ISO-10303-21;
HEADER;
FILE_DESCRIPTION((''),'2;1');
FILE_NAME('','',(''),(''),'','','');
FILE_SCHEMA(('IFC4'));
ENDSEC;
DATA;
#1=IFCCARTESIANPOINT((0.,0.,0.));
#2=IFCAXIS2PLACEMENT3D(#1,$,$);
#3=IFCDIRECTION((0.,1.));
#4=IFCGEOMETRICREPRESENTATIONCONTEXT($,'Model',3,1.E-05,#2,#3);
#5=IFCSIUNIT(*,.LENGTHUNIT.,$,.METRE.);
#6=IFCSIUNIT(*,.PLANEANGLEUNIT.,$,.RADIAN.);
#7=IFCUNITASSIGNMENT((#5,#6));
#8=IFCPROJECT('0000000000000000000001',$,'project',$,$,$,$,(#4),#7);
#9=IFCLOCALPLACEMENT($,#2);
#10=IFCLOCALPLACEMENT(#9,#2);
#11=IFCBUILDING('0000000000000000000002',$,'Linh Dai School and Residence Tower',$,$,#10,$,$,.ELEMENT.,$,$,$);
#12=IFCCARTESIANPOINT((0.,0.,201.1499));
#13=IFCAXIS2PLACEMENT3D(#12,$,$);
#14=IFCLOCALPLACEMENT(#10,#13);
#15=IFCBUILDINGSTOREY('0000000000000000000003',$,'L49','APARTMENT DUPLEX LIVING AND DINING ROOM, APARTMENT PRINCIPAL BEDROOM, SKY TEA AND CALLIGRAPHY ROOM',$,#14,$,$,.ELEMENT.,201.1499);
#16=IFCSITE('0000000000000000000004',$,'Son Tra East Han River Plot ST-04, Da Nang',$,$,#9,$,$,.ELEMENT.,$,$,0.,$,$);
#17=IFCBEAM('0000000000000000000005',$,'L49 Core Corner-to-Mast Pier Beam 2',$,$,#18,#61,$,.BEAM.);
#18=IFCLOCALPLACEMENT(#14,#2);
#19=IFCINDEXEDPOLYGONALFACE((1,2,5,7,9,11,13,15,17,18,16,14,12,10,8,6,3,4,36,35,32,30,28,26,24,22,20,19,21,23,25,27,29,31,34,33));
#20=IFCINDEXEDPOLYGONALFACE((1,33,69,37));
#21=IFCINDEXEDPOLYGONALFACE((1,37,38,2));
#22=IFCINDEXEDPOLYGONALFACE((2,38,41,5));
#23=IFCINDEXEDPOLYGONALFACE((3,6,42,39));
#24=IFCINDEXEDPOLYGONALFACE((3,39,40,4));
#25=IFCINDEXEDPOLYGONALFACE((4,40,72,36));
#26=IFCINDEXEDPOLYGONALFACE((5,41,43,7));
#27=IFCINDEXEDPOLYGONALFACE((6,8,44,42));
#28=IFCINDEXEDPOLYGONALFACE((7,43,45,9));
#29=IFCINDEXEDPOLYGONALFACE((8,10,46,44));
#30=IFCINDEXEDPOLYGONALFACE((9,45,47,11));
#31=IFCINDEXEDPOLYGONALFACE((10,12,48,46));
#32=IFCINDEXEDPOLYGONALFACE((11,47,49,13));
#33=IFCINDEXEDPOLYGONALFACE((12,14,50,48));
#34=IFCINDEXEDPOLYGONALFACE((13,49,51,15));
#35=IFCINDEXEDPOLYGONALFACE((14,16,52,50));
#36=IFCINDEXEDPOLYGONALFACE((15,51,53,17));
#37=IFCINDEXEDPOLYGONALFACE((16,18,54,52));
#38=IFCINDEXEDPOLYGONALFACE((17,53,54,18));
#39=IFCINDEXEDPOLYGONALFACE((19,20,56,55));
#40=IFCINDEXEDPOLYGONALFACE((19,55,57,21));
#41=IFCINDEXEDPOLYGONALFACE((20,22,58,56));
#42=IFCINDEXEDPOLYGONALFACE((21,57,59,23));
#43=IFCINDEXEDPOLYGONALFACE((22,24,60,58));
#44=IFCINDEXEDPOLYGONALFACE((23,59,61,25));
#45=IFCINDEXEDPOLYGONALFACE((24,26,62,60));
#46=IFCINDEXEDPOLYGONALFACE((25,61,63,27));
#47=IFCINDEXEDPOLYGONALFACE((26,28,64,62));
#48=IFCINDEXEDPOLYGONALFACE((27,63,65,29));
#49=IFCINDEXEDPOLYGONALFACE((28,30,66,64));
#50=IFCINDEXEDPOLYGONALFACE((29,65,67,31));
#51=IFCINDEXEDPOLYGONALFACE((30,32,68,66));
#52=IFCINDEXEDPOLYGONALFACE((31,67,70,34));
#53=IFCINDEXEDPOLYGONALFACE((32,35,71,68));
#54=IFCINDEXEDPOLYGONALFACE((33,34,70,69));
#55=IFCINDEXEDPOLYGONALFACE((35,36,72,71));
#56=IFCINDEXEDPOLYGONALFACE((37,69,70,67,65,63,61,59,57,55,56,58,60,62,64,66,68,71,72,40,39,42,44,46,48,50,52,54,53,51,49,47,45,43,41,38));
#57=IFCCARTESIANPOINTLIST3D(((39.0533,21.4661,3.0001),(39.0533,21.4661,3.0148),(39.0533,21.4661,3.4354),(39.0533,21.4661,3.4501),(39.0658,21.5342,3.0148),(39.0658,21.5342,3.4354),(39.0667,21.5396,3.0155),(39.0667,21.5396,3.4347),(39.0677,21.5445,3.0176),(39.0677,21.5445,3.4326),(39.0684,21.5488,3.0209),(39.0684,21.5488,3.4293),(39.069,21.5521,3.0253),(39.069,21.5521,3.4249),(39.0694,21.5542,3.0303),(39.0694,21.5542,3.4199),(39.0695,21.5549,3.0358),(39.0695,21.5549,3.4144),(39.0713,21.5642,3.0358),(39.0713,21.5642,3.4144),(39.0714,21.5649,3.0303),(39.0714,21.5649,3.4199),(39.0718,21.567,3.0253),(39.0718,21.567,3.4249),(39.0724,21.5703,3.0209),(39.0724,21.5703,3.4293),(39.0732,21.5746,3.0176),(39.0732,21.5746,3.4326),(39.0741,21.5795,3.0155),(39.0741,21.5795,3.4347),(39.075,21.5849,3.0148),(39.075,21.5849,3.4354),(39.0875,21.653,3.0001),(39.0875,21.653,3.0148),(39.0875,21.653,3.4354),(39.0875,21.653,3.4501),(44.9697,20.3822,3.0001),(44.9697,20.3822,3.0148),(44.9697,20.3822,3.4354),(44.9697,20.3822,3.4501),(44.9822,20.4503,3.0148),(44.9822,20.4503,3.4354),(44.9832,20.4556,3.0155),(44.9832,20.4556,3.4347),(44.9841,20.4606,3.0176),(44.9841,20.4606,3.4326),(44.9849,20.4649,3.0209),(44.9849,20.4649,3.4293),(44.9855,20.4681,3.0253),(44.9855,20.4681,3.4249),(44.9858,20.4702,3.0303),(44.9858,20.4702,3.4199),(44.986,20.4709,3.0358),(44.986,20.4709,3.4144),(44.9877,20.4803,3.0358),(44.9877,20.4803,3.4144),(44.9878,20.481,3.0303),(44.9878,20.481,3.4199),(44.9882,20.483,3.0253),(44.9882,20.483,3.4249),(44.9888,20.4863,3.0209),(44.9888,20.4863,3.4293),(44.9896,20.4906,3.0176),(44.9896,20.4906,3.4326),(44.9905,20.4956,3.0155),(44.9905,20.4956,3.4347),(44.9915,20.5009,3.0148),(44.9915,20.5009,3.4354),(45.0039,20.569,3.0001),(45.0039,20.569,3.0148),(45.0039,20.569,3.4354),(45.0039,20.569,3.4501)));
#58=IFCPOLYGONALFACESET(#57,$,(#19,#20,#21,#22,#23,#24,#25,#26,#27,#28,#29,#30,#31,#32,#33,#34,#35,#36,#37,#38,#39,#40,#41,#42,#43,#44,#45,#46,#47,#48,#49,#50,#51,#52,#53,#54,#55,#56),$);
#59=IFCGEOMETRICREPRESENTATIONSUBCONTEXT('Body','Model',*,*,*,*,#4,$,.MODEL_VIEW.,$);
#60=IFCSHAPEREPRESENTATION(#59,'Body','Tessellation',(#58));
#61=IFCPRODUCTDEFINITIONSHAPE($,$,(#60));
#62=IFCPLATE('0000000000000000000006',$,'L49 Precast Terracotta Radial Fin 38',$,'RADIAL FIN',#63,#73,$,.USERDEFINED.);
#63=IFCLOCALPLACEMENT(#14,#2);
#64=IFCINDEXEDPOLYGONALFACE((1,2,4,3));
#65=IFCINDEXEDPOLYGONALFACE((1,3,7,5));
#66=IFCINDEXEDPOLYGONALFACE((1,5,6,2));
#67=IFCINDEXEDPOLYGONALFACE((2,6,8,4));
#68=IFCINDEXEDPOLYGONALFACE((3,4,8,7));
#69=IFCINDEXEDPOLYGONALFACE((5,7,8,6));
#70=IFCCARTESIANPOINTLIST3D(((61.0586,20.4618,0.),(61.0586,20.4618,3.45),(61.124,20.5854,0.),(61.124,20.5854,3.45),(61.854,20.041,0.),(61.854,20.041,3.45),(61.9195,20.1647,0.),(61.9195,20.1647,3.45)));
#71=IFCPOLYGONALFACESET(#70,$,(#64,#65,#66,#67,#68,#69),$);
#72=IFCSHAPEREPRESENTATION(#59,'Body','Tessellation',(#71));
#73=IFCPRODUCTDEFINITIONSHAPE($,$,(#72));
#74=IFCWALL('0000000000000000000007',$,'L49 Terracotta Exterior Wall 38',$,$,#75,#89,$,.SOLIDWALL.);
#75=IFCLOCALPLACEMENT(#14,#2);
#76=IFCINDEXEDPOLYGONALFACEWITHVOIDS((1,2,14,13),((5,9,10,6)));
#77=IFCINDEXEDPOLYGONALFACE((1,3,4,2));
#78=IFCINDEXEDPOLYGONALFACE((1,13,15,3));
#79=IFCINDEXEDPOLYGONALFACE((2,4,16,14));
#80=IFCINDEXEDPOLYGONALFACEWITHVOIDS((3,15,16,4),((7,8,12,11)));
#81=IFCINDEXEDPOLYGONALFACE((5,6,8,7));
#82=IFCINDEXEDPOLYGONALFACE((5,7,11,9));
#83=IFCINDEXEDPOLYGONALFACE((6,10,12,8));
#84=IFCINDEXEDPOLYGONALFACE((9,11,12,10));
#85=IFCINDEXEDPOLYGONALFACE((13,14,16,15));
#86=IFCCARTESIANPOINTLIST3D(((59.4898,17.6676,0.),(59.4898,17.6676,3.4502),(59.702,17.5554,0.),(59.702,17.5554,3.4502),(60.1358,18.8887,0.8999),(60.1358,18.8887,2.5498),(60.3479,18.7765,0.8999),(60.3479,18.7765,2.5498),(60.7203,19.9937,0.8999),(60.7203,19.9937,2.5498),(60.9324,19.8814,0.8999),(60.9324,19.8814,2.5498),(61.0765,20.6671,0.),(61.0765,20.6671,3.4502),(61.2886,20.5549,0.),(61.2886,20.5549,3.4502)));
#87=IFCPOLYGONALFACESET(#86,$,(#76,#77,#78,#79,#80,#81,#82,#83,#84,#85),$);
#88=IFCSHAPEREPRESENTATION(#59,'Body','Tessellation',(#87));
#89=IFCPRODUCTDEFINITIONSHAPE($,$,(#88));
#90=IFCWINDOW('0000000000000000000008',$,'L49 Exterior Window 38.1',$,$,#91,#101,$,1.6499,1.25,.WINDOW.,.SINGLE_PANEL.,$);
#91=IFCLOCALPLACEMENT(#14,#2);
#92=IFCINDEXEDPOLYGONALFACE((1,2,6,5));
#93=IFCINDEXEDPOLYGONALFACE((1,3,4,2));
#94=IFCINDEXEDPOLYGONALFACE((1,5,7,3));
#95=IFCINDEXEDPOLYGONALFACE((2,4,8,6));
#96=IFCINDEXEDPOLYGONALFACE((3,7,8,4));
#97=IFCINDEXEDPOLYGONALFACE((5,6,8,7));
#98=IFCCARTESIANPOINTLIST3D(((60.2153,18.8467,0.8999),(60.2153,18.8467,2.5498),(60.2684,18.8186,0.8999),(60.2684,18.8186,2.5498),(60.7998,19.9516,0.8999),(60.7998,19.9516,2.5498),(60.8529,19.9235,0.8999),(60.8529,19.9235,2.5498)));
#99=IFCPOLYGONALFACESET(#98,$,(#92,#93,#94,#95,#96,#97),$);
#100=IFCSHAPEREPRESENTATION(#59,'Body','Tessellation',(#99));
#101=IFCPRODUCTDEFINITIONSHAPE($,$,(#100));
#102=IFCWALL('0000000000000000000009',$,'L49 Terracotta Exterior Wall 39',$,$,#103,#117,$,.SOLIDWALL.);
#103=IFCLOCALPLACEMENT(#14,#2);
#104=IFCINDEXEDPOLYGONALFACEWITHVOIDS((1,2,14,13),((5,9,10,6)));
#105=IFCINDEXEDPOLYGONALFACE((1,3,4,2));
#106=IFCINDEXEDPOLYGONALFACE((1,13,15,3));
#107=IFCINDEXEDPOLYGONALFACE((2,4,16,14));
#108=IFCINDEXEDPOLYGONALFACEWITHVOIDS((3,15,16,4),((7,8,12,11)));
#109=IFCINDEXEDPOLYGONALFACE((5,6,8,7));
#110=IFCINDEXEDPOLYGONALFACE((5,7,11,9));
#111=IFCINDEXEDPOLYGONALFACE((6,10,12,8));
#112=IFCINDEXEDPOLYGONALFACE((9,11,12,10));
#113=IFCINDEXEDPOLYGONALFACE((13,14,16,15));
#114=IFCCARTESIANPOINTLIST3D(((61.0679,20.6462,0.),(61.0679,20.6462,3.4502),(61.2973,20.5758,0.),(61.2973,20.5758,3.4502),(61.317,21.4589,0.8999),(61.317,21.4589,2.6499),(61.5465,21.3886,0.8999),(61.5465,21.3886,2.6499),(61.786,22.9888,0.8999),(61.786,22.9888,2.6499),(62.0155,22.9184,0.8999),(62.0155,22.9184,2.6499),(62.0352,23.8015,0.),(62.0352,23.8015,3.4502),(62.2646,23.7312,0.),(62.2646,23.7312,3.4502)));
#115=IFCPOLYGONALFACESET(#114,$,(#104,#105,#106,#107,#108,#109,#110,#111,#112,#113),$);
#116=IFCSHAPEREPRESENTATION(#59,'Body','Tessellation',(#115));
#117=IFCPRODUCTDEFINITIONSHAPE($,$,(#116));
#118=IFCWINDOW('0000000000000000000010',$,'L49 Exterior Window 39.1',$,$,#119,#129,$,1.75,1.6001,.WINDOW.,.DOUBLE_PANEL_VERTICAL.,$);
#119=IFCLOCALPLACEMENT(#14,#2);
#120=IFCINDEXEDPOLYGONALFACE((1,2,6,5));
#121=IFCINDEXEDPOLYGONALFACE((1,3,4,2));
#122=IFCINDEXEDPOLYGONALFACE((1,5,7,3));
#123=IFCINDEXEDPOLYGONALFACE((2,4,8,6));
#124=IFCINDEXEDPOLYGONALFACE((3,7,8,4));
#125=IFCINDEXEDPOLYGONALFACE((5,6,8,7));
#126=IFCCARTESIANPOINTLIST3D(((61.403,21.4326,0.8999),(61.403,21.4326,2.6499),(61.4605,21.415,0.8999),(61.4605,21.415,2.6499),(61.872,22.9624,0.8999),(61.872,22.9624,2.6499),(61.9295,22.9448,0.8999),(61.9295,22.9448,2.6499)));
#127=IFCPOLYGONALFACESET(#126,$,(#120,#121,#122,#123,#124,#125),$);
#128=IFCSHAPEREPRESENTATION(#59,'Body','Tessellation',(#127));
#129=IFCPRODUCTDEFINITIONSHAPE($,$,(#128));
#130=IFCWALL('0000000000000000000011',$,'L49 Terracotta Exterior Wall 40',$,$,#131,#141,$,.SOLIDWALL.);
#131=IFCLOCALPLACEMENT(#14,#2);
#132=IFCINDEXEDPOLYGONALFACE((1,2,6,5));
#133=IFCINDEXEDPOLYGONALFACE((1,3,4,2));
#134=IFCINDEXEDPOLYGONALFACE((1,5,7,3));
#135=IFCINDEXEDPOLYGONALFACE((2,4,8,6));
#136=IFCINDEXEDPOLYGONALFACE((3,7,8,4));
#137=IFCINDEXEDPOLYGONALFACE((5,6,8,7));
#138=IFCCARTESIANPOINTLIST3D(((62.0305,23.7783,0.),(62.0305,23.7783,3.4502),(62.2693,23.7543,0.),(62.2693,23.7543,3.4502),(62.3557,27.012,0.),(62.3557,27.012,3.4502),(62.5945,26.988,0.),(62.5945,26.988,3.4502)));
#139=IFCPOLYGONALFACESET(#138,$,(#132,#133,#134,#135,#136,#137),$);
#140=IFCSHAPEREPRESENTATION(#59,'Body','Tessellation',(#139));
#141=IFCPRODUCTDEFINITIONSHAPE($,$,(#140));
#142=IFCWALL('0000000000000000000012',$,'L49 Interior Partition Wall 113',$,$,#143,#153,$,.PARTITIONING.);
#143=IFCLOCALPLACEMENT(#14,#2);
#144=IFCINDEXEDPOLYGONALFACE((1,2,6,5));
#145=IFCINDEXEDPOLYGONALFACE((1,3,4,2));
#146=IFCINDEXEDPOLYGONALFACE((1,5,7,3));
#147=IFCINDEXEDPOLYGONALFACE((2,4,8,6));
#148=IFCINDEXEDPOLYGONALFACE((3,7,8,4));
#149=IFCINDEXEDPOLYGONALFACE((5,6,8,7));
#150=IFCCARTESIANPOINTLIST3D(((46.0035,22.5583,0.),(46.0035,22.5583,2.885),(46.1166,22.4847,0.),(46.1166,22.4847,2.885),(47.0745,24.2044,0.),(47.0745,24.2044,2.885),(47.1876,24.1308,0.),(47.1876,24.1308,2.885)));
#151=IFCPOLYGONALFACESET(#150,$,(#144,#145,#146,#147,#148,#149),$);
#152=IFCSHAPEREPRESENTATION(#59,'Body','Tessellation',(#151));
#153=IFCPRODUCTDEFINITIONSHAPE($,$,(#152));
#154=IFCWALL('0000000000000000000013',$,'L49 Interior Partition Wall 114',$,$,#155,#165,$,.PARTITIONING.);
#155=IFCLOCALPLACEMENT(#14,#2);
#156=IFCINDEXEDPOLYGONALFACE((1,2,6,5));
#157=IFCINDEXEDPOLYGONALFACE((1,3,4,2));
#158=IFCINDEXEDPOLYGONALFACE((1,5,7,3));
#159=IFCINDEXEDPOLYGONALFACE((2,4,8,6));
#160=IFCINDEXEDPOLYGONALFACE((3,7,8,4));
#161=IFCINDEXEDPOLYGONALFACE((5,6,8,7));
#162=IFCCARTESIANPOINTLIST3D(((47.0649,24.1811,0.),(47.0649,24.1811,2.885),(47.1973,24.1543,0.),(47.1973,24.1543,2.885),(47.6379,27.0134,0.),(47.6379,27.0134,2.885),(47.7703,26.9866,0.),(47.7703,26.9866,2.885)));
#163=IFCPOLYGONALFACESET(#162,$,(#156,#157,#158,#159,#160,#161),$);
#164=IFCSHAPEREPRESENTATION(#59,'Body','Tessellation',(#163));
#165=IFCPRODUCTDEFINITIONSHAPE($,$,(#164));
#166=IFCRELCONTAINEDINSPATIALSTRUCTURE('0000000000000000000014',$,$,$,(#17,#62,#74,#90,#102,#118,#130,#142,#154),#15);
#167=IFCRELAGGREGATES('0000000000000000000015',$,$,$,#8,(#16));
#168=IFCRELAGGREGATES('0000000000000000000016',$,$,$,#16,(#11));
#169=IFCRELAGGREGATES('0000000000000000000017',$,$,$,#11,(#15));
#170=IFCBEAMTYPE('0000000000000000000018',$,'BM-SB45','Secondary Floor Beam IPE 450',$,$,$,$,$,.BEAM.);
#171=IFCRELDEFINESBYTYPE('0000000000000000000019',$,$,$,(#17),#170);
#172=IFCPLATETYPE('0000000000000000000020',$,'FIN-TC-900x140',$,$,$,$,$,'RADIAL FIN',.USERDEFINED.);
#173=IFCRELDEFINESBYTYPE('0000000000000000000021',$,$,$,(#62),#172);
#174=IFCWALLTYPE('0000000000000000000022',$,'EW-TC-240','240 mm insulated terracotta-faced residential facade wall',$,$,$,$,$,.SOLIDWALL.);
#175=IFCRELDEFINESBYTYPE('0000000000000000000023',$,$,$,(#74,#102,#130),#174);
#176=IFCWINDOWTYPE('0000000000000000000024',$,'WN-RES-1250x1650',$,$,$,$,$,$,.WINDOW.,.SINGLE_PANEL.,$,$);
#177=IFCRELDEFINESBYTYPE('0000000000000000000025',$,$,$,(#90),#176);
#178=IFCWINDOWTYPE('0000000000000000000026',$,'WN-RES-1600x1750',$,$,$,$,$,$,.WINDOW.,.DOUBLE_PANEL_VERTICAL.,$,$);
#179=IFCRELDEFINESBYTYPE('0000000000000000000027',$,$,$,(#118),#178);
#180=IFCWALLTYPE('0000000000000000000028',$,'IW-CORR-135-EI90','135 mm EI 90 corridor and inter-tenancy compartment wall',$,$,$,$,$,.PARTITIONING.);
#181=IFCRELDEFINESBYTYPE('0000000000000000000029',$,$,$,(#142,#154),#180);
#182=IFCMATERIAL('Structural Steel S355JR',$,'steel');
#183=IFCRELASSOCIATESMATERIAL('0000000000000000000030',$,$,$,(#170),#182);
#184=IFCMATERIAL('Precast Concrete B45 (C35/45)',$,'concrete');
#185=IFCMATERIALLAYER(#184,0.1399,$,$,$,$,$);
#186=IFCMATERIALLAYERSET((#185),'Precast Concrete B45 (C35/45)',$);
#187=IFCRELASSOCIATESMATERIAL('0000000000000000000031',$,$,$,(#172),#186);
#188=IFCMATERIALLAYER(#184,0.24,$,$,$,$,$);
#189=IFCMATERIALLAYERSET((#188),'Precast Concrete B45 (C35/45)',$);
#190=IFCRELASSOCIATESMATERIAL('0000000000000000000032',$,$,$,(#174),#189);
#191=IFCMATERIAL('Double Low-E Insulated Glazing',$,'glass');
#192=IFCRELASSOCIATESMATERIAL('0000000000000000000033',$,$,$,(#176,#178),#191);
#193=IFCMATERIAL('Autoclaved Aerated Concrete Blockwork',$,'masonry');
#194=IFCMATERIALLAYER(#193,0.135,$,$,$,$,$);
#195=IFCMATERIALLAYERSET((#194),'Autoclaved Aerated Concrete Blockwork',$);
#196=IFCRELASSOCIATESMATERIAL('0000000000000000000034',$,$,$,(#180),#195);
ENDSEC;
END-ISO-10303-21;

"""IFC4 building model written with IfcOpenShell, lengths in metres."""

from ifc_helpers import new_model, si_unit, direction, frame, frame_2d, origin, origin_2d, place, context, subcontext, project, spatial, rectangle, i_section, extrude, source, transform, mapped, material, layer, layer_set, material_profile, profile_set, type_object, element, fill, save


model = new_model("IFC4")

# Units and contexts
model_context = context("Model", 3, precision=1e-05, world=origin(), true_north=direction((0.0, 1.0)))
body_context = subcontext(model_context, "Body", "Model", "MODEL_VIEW")
ifc_project = project(units=[si_unit("LENGTHUNIT", "METRE"), si_unit("PLANEANGLEUNIT", "RADIAN")], contexts=[model_context])

# Site, building, storey
site_placement = place(None, origin())
site = spatial("IfcSite", under=ifc_project, at=site_placement, Name="Son Tra East Han River Plot ST-04, Da Nang", CompositionType="ELEMENT", RefElevation=0.0)
building_placement = place(site_placement, origin())
building = spatial("IfcBuilding", under=site, at=building_placement, Name="Linh Dai School and Residence Tower", CompositionType="ELEMENT")
storey_placement = place(building_placement, frame((0.0, 0.0, 201.1499)))
storey = spatial("IfcBuildingStorey", under=building, at=storey_placement, Name="L49", Description="APARTMENT DUPLEX LIVING AND DINING ROOM, APARTMENT PRINCIPAL BEDROOM, SKY TEA AND CALLIGRAPHY ROOM", CompositionType="ELEMENT", Elevation=201.1499)

# Shared definitions
ifc_material_1 = material(Name="Structural Steel S355JR", Category="steel")

# Beam
ifc_material_profile_1 = material_profile(ifc_material_1, i_section(OverallWidth=0.1899, OverallDepth=0.45, WebThickness=0.0095, FlangeThickness=0.0146, FilletRadius=0.021, at=origin_2d()), Name="IPE 450")
ifc_profile_set_1 = profile_set([ifc_material_profile_1], Name="Structural Steel S355JR")
beam_type_1 = type_object("IfcBeamType", Name="BM-SB45", Description="Secondary Floor Beam IPE 450", PredefinedType="BEAM", material=ifc_profile_set_1)
beam_1_placement = place(storey_placement, frame((44.9868, 20.4756, 3.2251), z_axis=(-0.983627, 0.180214, 0.0), x_axis=(-0.180214, -0.983627, 0.0)))
element("IfcBeam", 1, at=beam_1_placement, inside=storey, type_object=beam_type_1, Name="L49 Core Corner-to-Mast Pier Beam 2", PredefinedType="BEAM", context=body_context, shape_type="SweptSolid", body=[
    extrude(i_section(OverallWidth=0.1899, OverallDepth=0.45, WebThickness=0.0095, FlangeThickness=0.0146, FilletRadius=0.021, at=origin_2d()), origin(), (0.0, 0.0, 1.0), 6.0149),
])

# Plate
ifc_material_2 = material(Name="Precast Concrete B45 (C35/45)", Category="concrete")
ifc_layer_1 = layer(ifc_material_2, 0.1399)
ifc_layer_set_1 = layer_set([ifc_layer_1], Name="Precast Concrete B45 (C35/45)")
plate_type = type_object("IfcPlateType", Name="FIN-TC-900x140", ElementType="RADIAL FIN", PredefinedType="USERDEFINED", material=ifc_layer_set_1)
shared_shape_1 = source(origin(), body_context, "Body", "SweptSolid", [
    extrude(rectangle(XDim=0.8999, YDim=0.1399, at=origin_2d()), origin(), (0.0, 0.0, 1.0), 3.45),
])
plate_placement = place(storey_placement, frame((61.489, 20.3132, 0.0), z_axis=(0.0, 0.0, 1.0), x_axis=(0.883951, -0.46758, 0.0)))
element("IfcPlate", 2, at=plate_placement, inside=storey, type_object=plate_type, Name="L49 Precast Terracotta Radial Fin 38", ObjectType="RADIAL FIN", PredefinedType="USERDEFINED", context=body_context, shape_type="MappedRepresentation", body=[
    mapped(shared_shape_1, transform((0.0, 0.0, 0.0), x_axis=(1.0, 0.0, 0.0), y_axis=(0.0, 1.0, 0.0), z_axis=(0.0, 0.0, 1.0), scale=1.0)),
])

# Walls, openings, windows
ifc_layer_2 = layer(ifc_material_2, 0.24)
ifc_layer_set_2 = layer_set([ifc_layer_2], Name="Precast Concrete B45 (C35/45)")
wall_type_1 = type_object("IfcWallType", Name="EW-TC-240", Description="240 mm insulated terracotta-faced residential facade wall", PredefinedType="SOLIDWALL", material=ifc_layer_set_2)
wall_1_placement = place(storey_placement, frame((61.1826, 20.6111, 0.0), z_axis=(0.0, 0.0, 1.0), x_axis=(-0.467587, -0.883947, 0.0)))
wall_1 = element("IfcWall", 3, at=wall_1_placement, inside=storey, type_object=wall_type_1, Name="L49 Terracotta Exterior Wall 38", PredefinedType="SOLIDWALL", context=body_context, shape_type="SweptSolid", body=[
    extrude(rectangle(XDim=3.3933, YDim=0.24, at=frame_2d((1.6968, 0.0))), origin(), (0.0, 0.0, 1.0), 3.4502),
])
opening_1_placement = place(wall_1_placement, frame((0.762, 0.0, 0.8999)))
opening_1 = element("IfcOpeningElement", 4, at=opening_1_placement, cuts=wall_1, PredefinedType="OPENING", context=body_context, shape_type="SweptSolid", body=[
    extrude(rectangle(XDim=1.25, YDim=1.6499, at=origin_2d()), frame((0.625, 0.1299, 0.825), z_axis=(0.0, -1.0, 0.0), x_axis=(1.0, 0.0, 0.0)), (0.0, 0.0, 1.0), 0.26),
])
ifc_material_3 = material(Name="Double Low-E Insulated Glazing", Category="glass")
window_type_1 = type_object("IfcWindowType", Name="WN-RES-1250x1650", PartitioningType="SINGLE_PANEL", PredefinedType="WINDOW", material=ifc_material_3)
shared_shape_2 = source(origin(), body_context, "Body", "SweptSolid", [
    extrude(rectangle(XDim=1.25, YDim=1.6499, at=origin_2d()), frame((0.625, 0.03, 0.825), z_axis=(0.0, -1.0, 0.0), x_axis=(1.0, 0.0, 0.0)), (0.0, 0.0, 1.0), 0.0601),
])
window_1_placement = place(opening_1_placement, origin())
window_1 = element("IfcWindow", 5, at=window_1_placement, inside=storey, type_object=window_type_1, Name="L49 Exterior Window 38.1", OverallHeight=1.6499, OverallWidth=1.25, PartitioningType="SINGLE_PANEL", PredefinedType="WINDOW", context=body_context, shape_type="MappedRepresentation", body=[
    mapped(shared_shape_2, transform((0.0, 0.0, 0.0), x_axis=(1.0, 0.0, 0.0), y_axis=(0.0, 1.0, 0.0), z_axis=(0.0, 0.0, 1.0), scale=1.0)),
])
fill(opening_1, window_1)
wall_2_placement = place(storey_placement, frame((62.1499, 23.7664, 0.0), z_axis=(0.0, 0.0, 1.0), x_axis=(-0.293098, -0.956082, 0.0)))
wall_2 = element("IfcWall", 6, at=wall_2_placement, inside=storey, type_object=wall_type_1, Name="L49 Terracotta Exterior Wall 39", PredefinedType="SOLIDWALL", context=body_context, shape_type="SweptSolid", body=[
    extrude(rectangle(XDim=3.3003, YDim=0.24, at=frame_2d((1.6501, 0.0))), origin(), (0.0, 0.0, 1.0), 3.4502),
])
opening_2_placement = place(wall_2_placement, frame((0.8501, 0.0, 0.8999)))
opening_2 = element("IfcOpeningElement", 7, at=opening_2_placement, cuts=wall_2, PredefinedType="OPENING", context=body_context, shape_type="SweptSolid", body=[
    extrude(rectangle(XDim=1.6001, YDim=1.75, at=origin_2d()), frame((0.8, 0.1299, 0.875), z_axis=(0.0, -1.0, 0.0), x_axis=(1.0, 0.0, 0.0)), (0.0, 0.0, 1.0), 0.26),
])
window_type_2 = type_object("IfcWindowType", Name="WN-RES-1600x1750", PartitioningType="DOUBLE_PANEL_VERTICAL", PredefinedType="WINDOW", material=ifc_material_3)
shared_shape_3 = source(origin(), body_context, "Body", "SweptSolid", [
    extrude(rectangle(XDim=1.6001, YDim=1.75, at=origin_2d()), frame((0.8, 0.03, 0.875), z_axis=(0.0, -1.0, 0.0), x_axis=(1.0, 0.0, 0.0)), (0.0, 0.0, 1.0), 0.0601),
])
window_2_placement = place(opening_2_placement, origin())
window_2 = element("IfcWindow", 8, at=window_2_placement, inside=storey, type_object=window_type_2, Name="L49 Exterior Window 39.1", OverallHeight=1.75, OverallWidth=1.6001, PartitioningType="DOUBLE_PANEL_VERTICAL", PredefinedType="WINDOW", context=body_context, shape_type="MappedRepresentation", body=[
    mapped(shared_shape_3, transform((0.0, 0.0, 0.0), x_axis=(1.0, 0.0, 0.0), y_axis=(0.0, 1.0, 0.0), z_axis=(0.0, 0.0, 1.0), scale=1.0)),
])
fill(opening_2, window_2)

# Walls
wall_3_placement = place(storey_placement, frame((62.4751, 27.0, 0.0), z_axis=(0.0, 0.0, 1.0), x_axis=(-0.100062, -0.994981, 0.0)))
element("IfcWall", 9, at=wall_3_placement, inside=storey, type_object=wall_type_1, Name="L49 Terracotta Exterior Wall 40", PredefinedType="SOLIDWALL", context=body_context, shape_type="SweptSolid", body=[
    extrude(rectangle(XDim=3.25, YDim=0.24, at=frame_2d((1.625, 0.0))), origin(), (0.0, 0.0, 1.0), 3.4502),
])
ifc_material_4 = material(Name="Autoclaved Aerated Concrete Blockwork", Category="masonry")
ifc_layer_3 = layer(ifc_material_4, 0.135)
ifc_layer_set_3 = layer_set([ifc_layer_3], Name="Autoclaved Aerated Concrete Blockwork")
wall_type_2 = type_object("IfcWallType", Name="IW-CORR-135-EI90", Description="135 mm EI 90 corridor and inter-tenancy compartment wall", PredefinedType="PARTITIONING", material=ifc_layer_set_3)
wall_4_placement = place(storey_placement, frame((46.0601, 22.5215, 0.0), z_axis=(0.0, 0.0, 1.0), x_axis=(0.545342, 0.838213, 0.0)))
element("IfcWall", 10, at=wall_4_placement, inside=storey, type_object=wall_type_2, Name="L49 Interior Partition Wall 113", PredefinedType="PARTITIONING", context=body_context, shape_type="SweptSolid", body=[
    extrude(rectangle(XDim=1.9639, YDim=0.135, at=frame_2d((0.9819, 0.0))), origin(), (0.0, 0.0, 1.0), 2.885),
])
wall_5_placement = place(storey_placement, frame((47.1311, 24.1677, 0.0), z_axis=(0.0, 0.0, 1.0), x_axis=(0.198293, 0.980143, 0.0)))
element("IfcWall", 11, at=wall_5_placement, inside=storey, type_object=wall_type_2, Name="L49 Interior Partition Wall 114", PredefinedType="PARTITIONING", context=body_context, shape_type="SweptSolid", body=[
    extrude(rectangle(XDim=2.8896, YDim=0.135, at=frame_2d((1.4448, 0.0))), origin(), (0.0, 0.0, 1.0), 2.885),
])

save(model, "model.ifc")
